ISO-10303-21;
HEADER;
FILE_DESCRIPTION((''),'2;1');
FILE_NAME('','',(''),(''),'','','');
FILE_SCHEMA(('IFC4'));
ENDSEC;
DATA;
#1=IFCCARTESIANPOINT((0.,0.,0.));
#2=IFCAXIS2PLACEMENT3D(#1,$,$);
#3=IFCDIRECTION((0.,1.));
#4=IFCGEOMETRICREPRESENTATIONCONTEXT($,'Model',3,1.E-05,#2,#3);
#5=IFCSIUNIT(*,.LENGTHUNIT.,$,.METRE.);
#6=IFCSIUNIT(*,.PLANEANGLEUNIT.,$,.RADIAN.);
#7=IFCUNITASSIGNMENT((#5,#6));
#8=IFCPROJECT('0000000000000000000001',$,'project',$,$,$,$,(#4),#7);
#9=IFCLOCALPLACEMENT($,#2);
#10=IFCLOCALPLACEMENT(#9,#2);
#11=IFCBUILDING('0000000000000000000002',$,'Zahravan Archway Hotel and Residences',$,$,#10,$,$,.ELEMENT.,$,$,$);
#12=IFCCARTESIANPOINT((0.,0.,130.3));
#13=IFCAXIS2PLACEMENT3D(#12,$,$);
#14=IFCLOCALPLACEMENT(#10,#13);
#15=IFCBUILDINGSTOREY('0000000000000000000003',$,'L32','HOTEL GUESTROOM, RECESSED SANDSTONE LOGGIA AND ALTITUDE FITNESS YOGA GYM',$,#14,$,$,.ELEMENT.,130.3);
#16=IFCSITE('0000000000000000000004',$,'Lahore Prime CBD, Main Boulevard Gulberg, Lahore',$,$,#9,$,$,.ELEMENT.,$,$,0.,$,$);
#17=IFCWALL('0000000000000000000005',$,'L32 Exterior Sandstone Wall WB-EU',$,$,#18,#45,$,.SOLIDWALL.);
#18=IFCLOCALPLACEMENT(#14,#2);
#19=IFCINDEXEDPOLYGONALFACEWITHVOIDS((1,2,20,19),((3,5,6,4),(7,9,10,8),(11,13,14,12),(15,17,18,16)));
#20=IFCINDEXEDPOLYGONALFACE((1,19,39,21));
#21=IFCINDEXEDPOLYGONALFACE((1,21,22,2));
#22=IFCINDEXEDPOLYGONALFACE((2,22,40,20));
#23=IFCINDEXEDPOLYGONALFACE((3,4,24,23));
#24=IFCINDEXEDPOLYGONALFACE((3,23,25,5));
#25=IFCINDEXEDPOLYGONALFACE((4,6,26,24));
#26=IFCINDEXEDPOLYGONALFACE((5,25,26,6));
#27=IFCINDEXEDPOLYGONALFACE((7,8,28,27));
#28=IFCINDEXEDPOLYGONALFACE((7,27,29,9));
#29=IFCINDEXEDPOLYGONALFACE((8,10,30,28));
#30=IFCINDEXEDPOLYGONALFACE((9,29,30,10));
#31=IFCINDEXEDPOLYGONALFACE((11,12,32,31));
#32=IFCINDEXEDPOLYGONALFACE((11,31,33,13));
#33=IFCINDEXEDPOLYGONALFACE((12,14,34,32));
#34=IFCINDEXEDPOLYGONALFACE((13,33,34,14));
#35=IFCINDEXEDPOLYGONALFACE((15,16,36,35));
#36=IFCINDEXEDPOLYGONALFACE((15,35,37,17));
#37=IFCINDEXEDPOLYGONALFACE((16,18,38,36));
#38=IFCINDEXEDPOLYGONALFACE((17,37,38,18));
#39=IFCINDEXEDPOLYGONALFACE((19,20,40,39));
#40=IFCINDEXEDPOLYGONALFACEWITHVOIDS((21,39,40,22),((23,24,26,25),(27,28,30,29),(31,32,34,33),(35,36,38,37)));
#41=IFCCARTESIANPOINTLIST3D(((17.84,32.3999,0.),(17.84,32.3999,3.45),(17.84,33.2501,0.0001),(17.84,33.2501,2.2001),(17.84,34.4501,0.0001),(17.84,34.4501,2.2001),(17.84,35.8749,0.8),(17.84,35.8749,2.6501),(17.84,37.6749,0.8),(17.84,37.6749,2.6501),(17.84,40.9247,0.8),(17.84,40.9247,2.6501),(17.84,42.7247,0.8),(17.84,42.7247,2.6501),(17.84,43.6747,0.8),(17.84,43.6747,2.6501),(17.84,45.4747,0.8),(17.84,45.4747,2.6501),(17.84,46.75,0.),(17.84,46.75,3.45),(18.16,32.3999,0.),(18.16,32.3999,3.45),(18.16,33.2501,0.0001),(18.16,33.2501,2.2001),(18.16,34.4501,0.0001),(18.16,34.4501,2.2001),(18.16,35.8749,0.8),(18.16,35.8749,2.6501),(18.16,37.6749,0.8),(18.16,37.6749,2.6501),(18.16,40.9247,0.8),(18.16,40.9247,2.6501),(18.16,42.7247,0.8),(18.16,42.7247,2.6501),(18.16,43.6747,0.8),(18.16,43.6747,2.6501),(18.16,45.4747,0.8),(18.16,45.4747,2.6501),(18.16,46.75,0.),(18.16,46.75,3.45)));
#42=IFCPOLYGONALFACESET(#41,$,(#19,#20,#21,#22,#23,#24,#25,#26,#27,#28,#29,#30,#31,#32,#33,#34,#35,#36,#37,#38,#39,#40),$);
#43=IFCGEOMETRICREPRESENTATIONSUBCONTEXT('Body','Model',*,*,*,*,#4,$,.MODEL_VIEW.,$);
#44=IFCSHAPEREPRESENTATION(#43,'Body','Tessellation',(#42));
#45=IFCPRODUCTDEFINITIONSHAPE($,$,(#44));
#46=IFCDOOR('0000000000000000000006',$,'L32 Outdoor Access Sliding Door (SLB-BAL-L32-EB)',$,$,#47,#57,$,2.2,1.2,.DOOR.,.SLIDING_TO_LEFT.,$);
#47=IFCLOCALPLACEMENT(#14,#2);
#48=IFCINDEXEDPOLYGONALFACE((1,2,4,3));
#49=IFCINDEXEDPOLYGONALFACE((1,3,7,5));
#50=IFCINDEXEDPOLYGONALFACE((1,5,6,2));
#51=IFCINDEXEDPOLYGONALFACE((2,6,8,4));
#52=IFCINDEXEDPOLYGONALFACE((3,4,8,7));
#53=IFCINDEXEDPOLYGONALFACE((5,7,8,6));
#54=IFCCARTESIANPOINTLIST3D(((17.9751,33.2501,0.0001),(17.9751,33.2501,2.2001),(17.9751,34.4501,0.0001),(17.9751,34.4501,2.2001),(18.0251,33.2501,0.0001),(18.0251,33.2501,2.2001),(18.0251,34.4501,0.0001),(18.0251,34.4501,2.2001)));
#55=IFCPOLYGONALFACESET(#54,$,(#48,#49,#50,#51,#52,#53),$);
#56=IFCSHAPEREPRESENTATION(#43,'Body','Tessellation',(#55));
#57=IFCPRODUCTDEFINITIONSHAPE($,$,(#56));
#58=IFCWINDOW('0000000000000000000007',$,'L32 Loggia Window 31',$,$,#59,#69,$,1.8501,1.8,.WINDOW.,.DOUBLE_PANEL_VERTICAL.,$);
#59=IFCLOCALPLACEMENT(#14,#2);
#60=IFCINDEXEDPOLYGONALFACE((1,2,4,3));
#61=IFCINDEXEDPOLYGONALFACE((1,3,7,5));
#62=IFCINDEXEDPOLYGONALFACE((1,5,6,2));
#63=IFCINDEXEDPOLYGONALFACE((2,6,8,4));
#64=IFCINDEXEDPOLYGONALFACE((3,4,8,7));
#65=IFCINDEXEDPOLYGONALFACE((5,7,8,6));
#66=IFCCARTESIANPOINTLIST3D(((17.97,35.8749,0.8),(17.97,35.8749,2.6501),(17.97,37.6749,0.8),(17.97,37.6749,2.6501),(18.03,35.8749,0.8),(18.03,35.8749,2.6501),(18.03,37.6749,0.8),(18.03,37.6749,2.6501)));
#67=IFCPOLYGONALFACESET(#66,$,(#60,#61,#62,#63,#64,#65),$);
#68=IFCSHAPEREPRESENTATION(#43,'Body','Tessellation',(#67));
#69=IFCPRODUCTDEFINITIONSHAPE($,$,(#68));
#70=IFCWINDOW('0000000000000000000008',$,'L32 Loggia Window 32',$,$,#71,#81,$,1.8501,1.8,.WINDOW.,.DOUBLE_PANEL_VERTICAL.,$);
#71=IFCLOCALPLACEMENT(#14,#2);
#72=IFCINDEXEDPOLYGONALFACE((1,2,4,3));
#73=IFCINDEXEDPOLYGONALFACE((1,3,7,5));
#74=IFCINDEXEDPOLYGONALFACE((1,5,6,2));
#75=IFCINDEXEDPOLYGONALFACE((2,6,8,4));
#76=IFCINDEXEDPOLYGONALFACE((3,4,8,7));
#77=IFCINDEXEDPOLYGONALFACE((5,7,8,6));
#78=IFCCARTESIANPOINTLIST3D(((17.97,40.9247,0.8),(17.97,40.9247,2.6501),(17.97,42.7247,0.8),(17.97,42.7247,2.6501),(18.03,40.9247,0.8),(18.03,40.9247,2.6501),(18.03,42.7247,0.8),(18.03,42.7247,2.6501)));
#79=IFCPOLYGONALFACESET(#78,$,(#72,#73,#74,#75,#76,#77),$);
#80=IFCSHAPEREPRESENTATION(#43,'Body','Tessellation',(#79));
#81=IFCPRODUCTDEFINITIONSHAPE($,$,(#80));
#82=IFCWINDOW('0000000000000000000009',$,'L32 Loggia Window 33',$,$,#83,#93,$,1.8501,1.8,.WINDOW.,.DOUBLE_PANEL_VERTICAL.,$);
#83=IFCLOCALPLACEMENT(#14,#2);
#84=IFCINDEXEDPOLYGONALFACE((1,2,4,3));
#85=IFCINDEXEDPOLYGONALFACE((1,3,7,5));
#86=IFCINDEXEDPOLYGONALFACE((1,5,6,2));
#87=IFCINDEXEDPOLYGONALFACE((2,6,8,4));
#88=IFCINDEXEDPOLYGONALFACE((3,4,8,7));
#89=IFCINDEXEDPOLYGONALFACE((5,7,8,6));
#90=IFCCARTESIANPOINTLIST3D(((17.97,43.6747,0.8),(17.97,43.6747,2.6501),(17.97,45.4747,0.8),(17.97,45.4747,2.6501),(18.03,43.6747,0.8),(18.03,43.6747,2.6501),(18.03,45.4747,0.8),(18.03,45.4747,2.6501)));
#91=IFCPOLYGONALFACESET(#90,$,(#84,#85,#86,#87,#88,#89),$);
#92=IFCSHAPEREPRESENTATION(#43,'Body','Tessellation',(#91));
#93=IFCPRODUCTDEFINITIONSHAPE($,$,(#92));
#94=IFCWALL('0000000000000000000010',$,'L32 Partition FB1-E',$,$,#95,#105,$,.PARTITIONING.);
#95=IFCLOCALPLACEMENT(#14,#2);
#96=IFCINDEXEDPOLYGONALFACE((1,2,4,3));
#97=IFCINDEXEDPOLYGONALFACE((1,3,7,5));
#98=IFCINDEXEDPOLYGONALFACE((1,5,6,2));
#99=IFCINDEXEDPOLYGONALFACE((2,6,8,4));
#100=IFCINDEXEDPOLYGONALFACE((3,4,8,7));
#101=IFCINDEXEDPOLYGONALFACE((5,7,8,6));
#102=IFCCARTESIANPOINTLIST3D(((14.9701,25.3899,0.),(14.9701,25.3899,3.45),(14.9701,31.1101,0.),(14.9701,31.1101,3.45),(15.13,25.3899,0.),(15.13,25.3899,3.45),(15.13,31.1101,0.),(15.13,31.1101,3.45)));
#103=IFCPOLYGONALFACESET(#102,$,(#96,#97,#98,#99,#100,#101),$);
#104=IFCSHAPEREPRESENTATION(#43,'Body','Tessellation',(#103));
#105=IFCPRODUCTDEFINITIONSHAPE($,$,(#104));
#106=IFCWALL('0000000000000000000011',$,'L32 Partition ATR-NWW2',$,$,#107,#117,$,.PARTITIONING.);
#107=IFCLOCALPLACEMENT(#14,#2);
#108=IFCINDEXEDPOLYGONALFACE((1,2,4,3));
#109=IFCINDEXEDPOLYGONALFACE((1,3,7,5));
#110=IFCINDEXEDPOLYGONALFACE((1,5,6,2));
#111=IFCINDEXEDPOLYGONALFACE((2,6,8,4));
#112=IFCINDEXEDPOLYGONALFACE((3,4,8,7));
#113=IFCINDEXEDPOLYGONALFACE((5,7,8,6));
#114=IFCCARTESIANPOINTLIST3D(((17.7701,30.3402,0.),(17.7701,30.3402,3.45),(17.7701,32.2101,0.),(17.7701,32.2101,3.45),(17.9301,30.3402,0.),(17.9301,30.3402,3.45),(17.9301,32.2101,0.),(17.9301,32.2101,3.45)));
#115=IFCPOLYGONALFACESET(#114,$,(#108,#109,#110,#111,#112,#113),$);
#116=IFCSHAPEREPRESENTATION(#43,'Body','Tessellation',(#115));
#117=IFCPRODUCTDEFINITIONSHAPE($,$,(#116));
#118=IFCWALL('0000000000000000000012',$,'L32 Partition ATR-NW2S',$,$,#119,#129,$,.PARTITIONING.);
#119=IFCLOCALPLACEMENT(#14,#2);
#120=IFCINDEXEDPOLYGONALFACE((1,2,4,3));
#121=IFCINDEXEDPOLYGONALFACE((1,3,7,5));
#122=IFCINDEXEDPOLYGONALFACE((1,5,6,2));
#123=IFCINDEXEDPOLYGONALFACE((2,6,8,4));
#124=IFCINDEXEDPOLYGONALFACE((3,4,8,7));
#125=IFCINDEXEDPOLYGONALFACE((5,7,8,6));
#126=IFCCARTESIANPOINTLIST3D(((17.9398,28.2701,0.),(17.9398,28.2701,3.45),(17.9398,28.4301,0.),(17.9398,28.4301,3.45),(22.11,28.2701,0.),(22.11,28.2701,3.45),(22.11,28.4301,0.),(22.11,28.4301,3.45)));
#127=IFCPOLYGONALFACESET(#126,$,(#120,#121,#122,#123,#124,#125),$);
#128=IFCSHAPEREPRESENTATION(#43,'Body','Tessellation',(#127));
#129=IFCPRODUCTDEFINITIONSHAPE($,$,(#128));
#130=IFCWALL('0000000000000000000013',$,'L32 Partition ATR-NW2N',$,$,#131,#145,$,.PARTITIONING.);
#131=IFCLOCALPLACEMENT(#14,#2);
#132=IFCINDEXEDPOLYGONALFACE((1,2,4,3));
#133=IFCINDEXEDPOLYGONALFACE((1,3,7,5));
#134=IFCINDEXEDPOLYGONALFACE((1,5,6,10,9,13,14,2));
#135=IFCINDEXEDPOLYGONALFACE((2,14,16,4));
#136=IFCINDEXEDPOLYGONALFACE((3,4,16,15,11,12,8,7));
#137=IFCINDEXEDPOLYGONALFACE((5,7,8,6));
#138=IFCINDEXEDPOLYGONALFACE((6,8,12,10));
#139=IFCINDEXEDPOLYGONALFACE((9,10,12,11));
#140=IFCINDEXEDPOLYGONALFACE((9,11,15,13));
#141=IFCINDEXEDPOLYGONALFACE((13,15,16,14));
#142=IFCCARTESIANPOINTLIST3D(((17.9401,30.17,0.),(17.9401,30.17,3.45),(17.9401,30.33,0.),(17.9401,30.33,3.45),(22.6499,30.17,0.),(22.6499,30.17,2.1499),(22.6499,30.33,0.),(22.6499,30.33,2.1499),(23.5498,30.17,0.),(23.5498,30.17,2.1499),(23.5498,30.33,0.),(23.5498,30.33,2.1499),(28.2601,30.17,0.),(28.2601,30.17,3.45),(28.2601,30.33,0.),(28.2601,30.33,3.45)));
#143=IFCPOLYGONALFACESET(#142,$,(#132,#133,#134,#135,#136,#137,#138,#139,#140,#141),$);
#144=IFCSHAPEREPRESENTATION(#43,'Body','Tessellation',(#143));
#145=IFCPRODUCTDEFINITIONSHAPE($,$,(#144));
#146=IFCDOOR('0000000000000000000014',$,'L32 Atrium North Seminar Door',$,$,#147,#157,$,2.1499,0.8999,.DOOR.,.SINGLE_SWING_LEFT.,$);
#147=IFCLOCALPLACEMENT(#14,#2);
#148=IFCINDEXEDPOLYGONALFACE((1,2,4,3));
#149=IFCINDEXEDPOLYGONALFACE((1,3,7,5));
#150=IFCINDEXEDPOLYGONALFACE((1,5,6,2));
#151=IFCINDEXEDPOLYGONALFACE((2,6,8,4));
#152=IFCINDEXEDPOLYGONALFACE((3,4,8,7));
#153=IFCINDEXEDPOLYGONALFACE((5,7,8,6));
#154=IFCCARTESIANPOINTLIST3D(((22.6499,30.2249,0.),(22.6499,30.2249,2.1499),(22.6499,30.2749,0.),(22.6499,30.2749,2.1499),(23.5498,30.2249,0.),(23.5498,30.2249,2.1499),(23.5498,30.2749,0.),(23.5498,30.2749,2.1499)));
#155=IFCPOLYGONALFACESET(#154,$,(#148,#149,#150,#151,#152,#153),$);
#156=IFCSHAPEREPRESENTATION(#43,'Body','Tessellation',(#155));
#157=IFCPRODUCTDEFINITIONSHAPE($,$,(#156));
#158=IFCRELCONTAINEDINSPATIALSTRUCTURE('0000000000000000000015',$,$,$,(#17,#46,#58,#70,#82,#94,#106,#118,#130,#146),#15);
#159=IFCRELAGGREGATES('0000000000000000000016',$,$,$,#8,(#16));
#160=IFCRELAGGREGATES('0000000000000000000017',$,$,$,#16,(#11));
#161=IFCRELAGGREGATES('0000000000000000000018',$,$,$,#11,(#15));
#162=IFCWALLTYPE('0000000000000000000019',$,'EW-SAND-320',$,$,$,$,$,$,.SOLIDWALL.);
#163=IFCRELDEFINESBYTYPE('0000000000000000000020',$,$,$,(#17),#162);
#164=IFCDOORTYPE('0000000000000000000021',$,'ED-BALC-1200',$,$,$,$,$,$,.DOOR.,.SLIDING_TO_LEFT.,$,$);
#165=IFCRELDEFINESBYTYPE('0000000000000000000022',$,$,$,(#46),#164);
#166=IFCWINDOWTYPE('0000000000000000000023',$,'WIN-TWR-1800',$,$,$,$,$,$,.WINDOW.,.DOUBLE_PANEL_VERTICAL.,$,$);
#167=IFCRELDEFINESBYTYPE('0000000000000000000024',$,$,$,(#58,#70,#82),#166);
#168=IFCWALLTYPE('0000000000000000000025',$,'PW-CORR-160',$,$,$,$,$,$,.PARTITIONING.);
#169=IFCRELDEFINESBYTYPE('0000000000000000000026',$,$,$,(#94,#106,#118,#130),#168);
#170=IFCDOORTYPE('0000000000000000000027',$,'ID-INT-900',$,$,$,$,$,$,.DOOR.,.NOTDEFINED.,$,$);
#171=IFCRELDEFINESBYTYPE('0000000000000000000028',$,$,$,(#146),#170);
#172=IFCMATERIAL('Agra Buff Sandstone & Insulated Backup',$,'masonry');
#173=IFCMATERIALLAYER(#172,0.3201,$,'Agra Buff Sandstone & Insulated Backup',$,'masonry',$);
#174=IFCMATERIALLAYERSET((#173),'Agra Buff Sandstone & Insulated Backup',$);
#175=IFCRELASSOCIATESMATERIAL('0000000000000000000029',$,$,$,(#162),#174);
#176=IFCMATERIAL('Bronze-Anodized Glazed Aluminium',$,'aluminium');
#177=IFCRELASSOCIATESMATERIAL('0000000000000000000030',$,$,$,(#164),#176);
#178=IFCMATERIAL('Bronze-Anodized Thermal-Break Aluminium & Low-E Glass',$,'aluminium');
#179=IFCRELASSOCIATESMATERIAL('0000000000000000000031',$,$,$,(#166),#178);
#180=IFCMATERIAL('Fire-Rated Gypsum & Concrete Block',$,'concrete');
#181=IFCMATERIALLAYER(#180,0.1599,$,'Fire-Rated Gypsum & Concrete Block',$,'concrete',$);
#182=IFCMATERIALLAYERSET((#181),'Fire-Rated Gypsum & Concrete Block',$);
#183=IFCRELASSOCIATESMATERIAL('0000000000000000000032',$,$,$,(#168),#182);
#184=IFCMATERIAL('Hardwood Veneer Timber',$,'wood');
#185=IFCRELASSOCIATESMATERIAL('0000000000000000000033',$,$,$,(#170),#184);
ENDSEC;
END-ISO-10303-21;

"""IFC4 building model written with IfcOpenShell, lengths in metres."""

from ifc_helpers import new_model, si_unit, direction, frame, frame_2d, origin, place, context, subcontext, project, spatial, rectangle, extrude, source, transform, mapped, material, layer, layer_set, type_object, type_shapes, element, fill, save


model = new_model("IFC4")

# Units and contexts
model_context = context("Model", 3, precision=1e-05, world=origin(), true_north=direction((0.0, 1.0)))
body_context = subcontext(model_context, "Body", "Model", "MODEL_VIEW")
ifc_project = project(units=[si_unit("LENGTHUNIT", "METRE"), si_unit("PLANEANGLEUNIT", "RADIAN")], contexts=[model_context])

# Site, building, storey
site_placement = place(None, origin())
site = spatial("IfcSite", under=ifc_project, at=site_placement, Name="Lahore Prime CBD, Main Boulevard Gulberg, Lahore", CompositionType="ELEMENT", RefElevation=0.0)
building_placement = place(site_placement, origin())
building = spatial("IfcBuilding", under=site, at=building_placement, Name="Zahravan Archway Hotel and Residences", CompositionType="ELEMENT")
storey_placement = place(building_placement, frame((0.0, 0.0, 130.3)))
storey = spatial("IfcBuildingStorey", under=building, at=storey_placement, Name="L32", Description="HOTEL GUESTROOM, RECESSED SANDSTONE LOGGIA AND ALTITUDE FITNESS YOGA GYM", CompositionType="ELEMENT", Elevation=130.3)

# Wall, openings, door, windows
ifc_material_1 = material(Name="Agra Buff Sandstone & Insulated Backup", Category="masonry")
ifc_layer_1 = layer(ifc_material_1, 0.3201, Name="Agra Buff Sandstone & Insulated Backup", Category="masonry")
ifc_layer_set_1 = layer_set([ifc_layer_1], Name="Agra Buff Sandstone & Insulated Backup")
wall_type_1 = type_object("IfcWallType", Name="EW-SAND-320", PredefinedType="SOLIDWALL", material=ifc_layer_set_1)
wall_1_placement = place(storey_placement, frame((18.0, 32.3999, 0.0), z_axis=(0.0, 0.0, 1.0), x_axis=(0.0, 1.0, 0.0)))
wall_1 = element("IfcWall", 1, at=wall_1_placement, inside=storey, type_object=wall_type_1, Name="L32 Exterior Sandstone Wall WB-EU", PredefinedType="SOLIDWALL", context=body_context, shape_type="SweptSolid", body=[
    extrude(rectangle(XDim=14.3501, YDim=0.3201, at=frame_2d((7.175, 0.0))), origin(), (0.0, 0.0, 1.0), 3.45),
])
opening_1_placement = place(wall_1_placement, frame((0.8501, 0.0, 0.0)))
opening_1 = element("IfcOpeningElement", 2, at=opening_1_placement, cuts=wall_1, PredefinedType="OPENING", context=body_context, shape_type="SweptSolid", body=[
    extrude(rectangle(XDim=1.2, YDim=2.2, at=frame_2d((0.6001, 1.1001))), frame((0.0, 0.1699, 0.0), z_axis=(0.0, -1.0, 0.0), x_axis=(1.0, 0.0, 0.0)), (0.0, 0.0, 1.0), 0.3401),
])
opening_2_placement = place(wall_1_placement, frame((3.4751, 0.0, 0.8)))
opening_2 = element("IfcOpeningElement", 3, at=opening_2_placement, cuts=wall_1, PredefinedType="OPENING", context=body_context, shape_type="SweptSolid", body=[
    extrude(rectangle(XDim=1.8, YDim=1.8501, at=frame_2d((0.8999, 0.925))), frame((0.0, 0.1699, 0.0), z_axis=(0.0, -1.0, 0.0), x_axis=(1.0, 0.0, 0.0)), (0.0, 0.0, 1.0), 0.3401),
])
opening_3_placement = place(wall_1_placement, frame((8.5249, 0.0, 0.8)))
opening_3 = element("IfcOpeningElement", 4, at=opening_3_placement, cuts=wall_1, PredefinedType="OPENING", context=body_context, shape_type="SweptSolid", body=[
    extrude(rectangle(XDim=1.8, YDim=1.8501, at=frame_2d((0.8999, 0.925))), frame((0.0, 0.1699, 0.0), z_axis=(0.0, -1.0, 0.0), x_axis=(1.0, 0.0, 0.0)), (0.0, 0.0, 1.0), 0.3401),
])
opening_4_placement = place(wall_1_placement, frame((11.2749, 0.0, 0.8)))
opening_4 = element("IfcOpeningElement", 5, at=opening_4_placement, cuts=wall_1, PredefinedType="OPENING", context=body_context, shape_type="SweptSolid", body=[
    extrude(rectangle(XDim=1.8, YDim=1.8501, at=frame_2d((0.8999, 0.925))), frame((0.0, 0.1699, 0.0), z_axis=(0.0, -1.0, 0.0), x_axis=(1.0, 0.0, 0.0)), (0.0, 0.0, 1.0), 0.3401),
])
ifc_material_2 = material(Name="Bronze-Anodized Glazed Aluminium", Category="aluminium")
door_type_1 = type_object("IfcDoorType", Name="ED-BALC-1200", OperationType="SLIDING_TO_LEFT", PredefinedType="DOOR", material=ifc_material_2)
shared_shape_1 = source(origin(), body_context, "Body", "SweptSolid", [
    extrude(rectangle(XDim=1.2, YDim=2.2, at=frame_2d((0.6001, 1.1001))), frame((0.0, 0.0249, 0.0), z_axis=(0.0, -1.0, 0.0), x_axis=(1.0, 0.0, 0.0)), (0.0, 0.0, 1.0), 0.05),
])
type_shapes(door_type_1, [shared_shape_1])
door_1_placement = place(opening_1_placement, origin())
door_1 = element("IfcDoor", 6, at=door_1_placement, inside=storey, type_object=door_type_1, Name="L32 Outdoor Access Sliding Door (SLB-BAL-L32-EB)", OperationType="SLIDING_TO_LEFT", OverallHeight=2.2, OverallWidth=1.2, PredefinedType="DOOR", context=body_context, shape_type="MappedRepresentation", body=[
    mapped(shared_shape_1, transform((0.0, 0.0, 0.0), scale=1.0)),
])
fill(opening_1, door_1)
ifc_material_3 = material(Name="Bronze-Anodized Thermal-Break Aluminium & Low-E Glass", Category="aluminium")
window_type = type_object("IfcWindowType", Name="WIN-TWR-1800", PartitioningType="DOUBLE_PANEL_VERTICAL", PredefinedType="WINDOW", material=ifc_material_3)
shared_shape_2 = source(origin(), body_context, "Body", "SweptSolid", [
    extrude(rectangle(XDim=1.8, YDim=1.8501, at=frame_2d((0.8999, 0.925))), frame((0.0, 0.03, 0.0), z_axis=(0.0, -1.0, 0.0), x_axis=(1.0, 0.0, 0.0)), (0.0, 0.0, 1.0), 0.0601),
])
type_shapes(window_type, [shared_shape_2])
window_1_placement = place(opening_2_placement, origin())
window_1 = element("IfcWindow", 7, at=window_1_placement, inside=storey, type_object=window_type, Name="L32 Loggia Window 31", OverallHeight=1.8501, OverallWidth=1.8, PartitioningType="DOUBLE_PANEL_VERTICAL", PredefinedType="WINDOW", context=body_context, shape_type="MappedRepresentation", body=[
    mapped(shared_shape_2, transform((0.0, 0.0, 0.0), scale=1.0)),
])
fill(opening_2, window_1)
window_2_placement = place(opening_3_placement, origin())
window_2 = element("IfcWindow", 8, at=window_2_placement, inside=storey, type_object=window_type, Name="L32 Loggia Window 32", OverallHeight=1.8501, OverallWidth=1.8, PartitioningType="DOUBLE_PANEL_VERTICAL", PredefinedType="WINDOW", context=body_context, shape_type="MappedRepresentation", body=[
    mapped(shared_shape_2, transform((0.0, 0.0, 0.0), scale=1.0)),
])
fill(opening_3, window_2)
window_3_placement = place(opening_4_placement, origin())
window_3 = element("IfcWindow", 9, at=window_3_placement, inside=storey, type_object=window_type, Name="L32 Loggia Window 33", OverallHeight=1.8501, OverallWidth=1.8, PartitioningType="DOUBLE_PANEL_VERTICAL", PredefinedType="WINDOW", context=body_context, shape_type="MappedRepresentation", body=[
    mapped(shared_shape_2, transform((0.0, 0.0, 0.0), scale=1.0)),
])
fill(opening_4, window_3)

# Walls
ifc_material_4 = material(Name="Fire-Rated Gypsum & Concrete Block", Category="concrete")
ifc_layer_2 = layer(ifc_material_4, 0.1599, Name="Fire-Rated Gypsum & Concrete Block", Category="concrete")
ifc_layer_set_2 = layer_set([ifc_layer_2], Name="Fire-Rated Gypsum & Concrete Block")
wall_type_2 = type_object("IfcWallType", Name="PW-CORR-160", PredefinedType="PARTITIONING", material=ifc_layer_set_2)
wall_2_placement = place(storey_placement, frame((15.05, 25.3899, 0.0), z_axis=(0.0, 0.0, 1.0), x_axis=(0.0, 1.0, 0.0)))
element("IfcWall", 10, at=wall_2_placement, inside=storey, type_object=wall_type_2, Name="L32 Partition FB1-E", PredefinedType="PARTITIONING", context=body_context, shape_type="SweptSolid", body=[
    extrude(rectangle(XDim=5.7202, YDim=0.1599, at=frame_2d((2.8601, 0.0))), origin(), (0.0, 0.0, 1.0), 3.45),
])
wall_3_placement = place(storey_placement, frame((17.8501, 30.3401, 0.0), z_axis=(0.0, 0.0, 1.0), x_axis=(0.0, 1.0, 0.0)))
element("IfcWall", 11, at=wall_3_placement, inside=storey, type_object=wall_type_2, Name="L32 Partition ATR-NWW2", PredefinedType="PARTITIONING", context=body_context, shape_type="SweptSolid", body=[
    extrude(rectangle(XDim=1.8699, YDim=0.1599, at=frame_2d((0.9351, 0.0))), origin(), (0.0, 0.0, 1.0), 3.45),
])
wall_4_placement = place(storey_placement, frame((17.9399, 28.3501, 0.0), z_axis=(0.0, 0.0, 1.0), x_axis=(1.0, 0.0, 0.0)))
element("IfcWall", 12, at=wall_4_placement, inside=storey, type_object=wall_type_2, Name="L32 Partition ATR-NW2S", PredefinedType="PARTITIONING", context=body_context, shape_type="SweptSolid", body=[
    extrude(rectangle(XDim=4.1702, YDim=0.1599, at=frame_2d((2.085, 0.0))), origin(), (0.0, 0.0, 1.0), 3.45),
])

# Wall, opening, door
wall_5_placement = place(storey_placement, frame((17.9399, 30.25, 0.0), z_axis=(0.0, 0.0, 1.0), x_axis=(1.0, 0.0, 0.0)))
wall_5 = element("IfcWall", 13, at=wall_5_placement, inside=storey, type_object=wall_type_2, Name="L32 Partition ATR-NW2N", PredefinedType="PARTITIONING", context=body_context, shape_type="SweptSolid", body=[
    extrude(rectangle(XDim=10.3201, YDim=0.1599, at=frame_2d((5.1602, 0.0))), origin(), (0.0, 0.0, 1.0), 3.45),
])
opening_5_placement = place(wall_5_placement, frame((4.71, 0.0, 0.0)))
opening_5 = element("IfcOpeningElement", 14, at=opening_5_placement, cuts=wall_5, PredefinedType="OPENING", context=body_context, shape_type="SweptSolid", body=[
    extrude(rectangle(XDim=0.8999, YDim=2.1499, at=frame_2d((0.45, 1.075))), frame((0.0, 0.0898, 0.0), z_axis=(0.0, -1.0, 0.0), x_axis=(1.0, 0.0, 0.0)), (0.0, 0.0, 1.0), 0.1799),
])
ifc_material_5 = material(Name="Hardwood Veneer Timber", Category="wood")
door_type_2 = type_object("IfcDoorType", Name="ID-INT-900", OperationType="NOTDEFINED", PredefinedType="DOOR", material=ifc_material_5)
shared_shape_3 = source(origin(), body_context, "Body", "SweptSolid", [
    extrude(rectangle(XDim=0.8999, YDim=2.1499, at=frame_2d((0.45, 1.075))), frame((0.0, 0.0249, 0.0), z_axis=(0.0, -1.0, 0.0), x_axis=(1.0, 0.0, 0.0)), (0.0, 0.0, 1.0), 0.05),
])
type_shapes(door_type_2, [shared_shape_3])
door_2_placement = place(opening_5_placement, origin())
door_2 = element("IfcDoor", 15, at=door_2_placement, inside=storey, type_object=door_type_2, Name="L32 Atrium North Seminar Door", OperationType="SINGLE_SWING_LEFT", OverallHeight=2.1499, OverallWidth=0.8999, PredefinedType="DOOR", context=body_context, shape_type="MappedRepresentation", body=[
    mapped(shared_shape_3, transform((0.0, 0.0, 0.0), scale=1.0)),
])
fill(opening_5, door_2)

save(model, "model.ifc")
